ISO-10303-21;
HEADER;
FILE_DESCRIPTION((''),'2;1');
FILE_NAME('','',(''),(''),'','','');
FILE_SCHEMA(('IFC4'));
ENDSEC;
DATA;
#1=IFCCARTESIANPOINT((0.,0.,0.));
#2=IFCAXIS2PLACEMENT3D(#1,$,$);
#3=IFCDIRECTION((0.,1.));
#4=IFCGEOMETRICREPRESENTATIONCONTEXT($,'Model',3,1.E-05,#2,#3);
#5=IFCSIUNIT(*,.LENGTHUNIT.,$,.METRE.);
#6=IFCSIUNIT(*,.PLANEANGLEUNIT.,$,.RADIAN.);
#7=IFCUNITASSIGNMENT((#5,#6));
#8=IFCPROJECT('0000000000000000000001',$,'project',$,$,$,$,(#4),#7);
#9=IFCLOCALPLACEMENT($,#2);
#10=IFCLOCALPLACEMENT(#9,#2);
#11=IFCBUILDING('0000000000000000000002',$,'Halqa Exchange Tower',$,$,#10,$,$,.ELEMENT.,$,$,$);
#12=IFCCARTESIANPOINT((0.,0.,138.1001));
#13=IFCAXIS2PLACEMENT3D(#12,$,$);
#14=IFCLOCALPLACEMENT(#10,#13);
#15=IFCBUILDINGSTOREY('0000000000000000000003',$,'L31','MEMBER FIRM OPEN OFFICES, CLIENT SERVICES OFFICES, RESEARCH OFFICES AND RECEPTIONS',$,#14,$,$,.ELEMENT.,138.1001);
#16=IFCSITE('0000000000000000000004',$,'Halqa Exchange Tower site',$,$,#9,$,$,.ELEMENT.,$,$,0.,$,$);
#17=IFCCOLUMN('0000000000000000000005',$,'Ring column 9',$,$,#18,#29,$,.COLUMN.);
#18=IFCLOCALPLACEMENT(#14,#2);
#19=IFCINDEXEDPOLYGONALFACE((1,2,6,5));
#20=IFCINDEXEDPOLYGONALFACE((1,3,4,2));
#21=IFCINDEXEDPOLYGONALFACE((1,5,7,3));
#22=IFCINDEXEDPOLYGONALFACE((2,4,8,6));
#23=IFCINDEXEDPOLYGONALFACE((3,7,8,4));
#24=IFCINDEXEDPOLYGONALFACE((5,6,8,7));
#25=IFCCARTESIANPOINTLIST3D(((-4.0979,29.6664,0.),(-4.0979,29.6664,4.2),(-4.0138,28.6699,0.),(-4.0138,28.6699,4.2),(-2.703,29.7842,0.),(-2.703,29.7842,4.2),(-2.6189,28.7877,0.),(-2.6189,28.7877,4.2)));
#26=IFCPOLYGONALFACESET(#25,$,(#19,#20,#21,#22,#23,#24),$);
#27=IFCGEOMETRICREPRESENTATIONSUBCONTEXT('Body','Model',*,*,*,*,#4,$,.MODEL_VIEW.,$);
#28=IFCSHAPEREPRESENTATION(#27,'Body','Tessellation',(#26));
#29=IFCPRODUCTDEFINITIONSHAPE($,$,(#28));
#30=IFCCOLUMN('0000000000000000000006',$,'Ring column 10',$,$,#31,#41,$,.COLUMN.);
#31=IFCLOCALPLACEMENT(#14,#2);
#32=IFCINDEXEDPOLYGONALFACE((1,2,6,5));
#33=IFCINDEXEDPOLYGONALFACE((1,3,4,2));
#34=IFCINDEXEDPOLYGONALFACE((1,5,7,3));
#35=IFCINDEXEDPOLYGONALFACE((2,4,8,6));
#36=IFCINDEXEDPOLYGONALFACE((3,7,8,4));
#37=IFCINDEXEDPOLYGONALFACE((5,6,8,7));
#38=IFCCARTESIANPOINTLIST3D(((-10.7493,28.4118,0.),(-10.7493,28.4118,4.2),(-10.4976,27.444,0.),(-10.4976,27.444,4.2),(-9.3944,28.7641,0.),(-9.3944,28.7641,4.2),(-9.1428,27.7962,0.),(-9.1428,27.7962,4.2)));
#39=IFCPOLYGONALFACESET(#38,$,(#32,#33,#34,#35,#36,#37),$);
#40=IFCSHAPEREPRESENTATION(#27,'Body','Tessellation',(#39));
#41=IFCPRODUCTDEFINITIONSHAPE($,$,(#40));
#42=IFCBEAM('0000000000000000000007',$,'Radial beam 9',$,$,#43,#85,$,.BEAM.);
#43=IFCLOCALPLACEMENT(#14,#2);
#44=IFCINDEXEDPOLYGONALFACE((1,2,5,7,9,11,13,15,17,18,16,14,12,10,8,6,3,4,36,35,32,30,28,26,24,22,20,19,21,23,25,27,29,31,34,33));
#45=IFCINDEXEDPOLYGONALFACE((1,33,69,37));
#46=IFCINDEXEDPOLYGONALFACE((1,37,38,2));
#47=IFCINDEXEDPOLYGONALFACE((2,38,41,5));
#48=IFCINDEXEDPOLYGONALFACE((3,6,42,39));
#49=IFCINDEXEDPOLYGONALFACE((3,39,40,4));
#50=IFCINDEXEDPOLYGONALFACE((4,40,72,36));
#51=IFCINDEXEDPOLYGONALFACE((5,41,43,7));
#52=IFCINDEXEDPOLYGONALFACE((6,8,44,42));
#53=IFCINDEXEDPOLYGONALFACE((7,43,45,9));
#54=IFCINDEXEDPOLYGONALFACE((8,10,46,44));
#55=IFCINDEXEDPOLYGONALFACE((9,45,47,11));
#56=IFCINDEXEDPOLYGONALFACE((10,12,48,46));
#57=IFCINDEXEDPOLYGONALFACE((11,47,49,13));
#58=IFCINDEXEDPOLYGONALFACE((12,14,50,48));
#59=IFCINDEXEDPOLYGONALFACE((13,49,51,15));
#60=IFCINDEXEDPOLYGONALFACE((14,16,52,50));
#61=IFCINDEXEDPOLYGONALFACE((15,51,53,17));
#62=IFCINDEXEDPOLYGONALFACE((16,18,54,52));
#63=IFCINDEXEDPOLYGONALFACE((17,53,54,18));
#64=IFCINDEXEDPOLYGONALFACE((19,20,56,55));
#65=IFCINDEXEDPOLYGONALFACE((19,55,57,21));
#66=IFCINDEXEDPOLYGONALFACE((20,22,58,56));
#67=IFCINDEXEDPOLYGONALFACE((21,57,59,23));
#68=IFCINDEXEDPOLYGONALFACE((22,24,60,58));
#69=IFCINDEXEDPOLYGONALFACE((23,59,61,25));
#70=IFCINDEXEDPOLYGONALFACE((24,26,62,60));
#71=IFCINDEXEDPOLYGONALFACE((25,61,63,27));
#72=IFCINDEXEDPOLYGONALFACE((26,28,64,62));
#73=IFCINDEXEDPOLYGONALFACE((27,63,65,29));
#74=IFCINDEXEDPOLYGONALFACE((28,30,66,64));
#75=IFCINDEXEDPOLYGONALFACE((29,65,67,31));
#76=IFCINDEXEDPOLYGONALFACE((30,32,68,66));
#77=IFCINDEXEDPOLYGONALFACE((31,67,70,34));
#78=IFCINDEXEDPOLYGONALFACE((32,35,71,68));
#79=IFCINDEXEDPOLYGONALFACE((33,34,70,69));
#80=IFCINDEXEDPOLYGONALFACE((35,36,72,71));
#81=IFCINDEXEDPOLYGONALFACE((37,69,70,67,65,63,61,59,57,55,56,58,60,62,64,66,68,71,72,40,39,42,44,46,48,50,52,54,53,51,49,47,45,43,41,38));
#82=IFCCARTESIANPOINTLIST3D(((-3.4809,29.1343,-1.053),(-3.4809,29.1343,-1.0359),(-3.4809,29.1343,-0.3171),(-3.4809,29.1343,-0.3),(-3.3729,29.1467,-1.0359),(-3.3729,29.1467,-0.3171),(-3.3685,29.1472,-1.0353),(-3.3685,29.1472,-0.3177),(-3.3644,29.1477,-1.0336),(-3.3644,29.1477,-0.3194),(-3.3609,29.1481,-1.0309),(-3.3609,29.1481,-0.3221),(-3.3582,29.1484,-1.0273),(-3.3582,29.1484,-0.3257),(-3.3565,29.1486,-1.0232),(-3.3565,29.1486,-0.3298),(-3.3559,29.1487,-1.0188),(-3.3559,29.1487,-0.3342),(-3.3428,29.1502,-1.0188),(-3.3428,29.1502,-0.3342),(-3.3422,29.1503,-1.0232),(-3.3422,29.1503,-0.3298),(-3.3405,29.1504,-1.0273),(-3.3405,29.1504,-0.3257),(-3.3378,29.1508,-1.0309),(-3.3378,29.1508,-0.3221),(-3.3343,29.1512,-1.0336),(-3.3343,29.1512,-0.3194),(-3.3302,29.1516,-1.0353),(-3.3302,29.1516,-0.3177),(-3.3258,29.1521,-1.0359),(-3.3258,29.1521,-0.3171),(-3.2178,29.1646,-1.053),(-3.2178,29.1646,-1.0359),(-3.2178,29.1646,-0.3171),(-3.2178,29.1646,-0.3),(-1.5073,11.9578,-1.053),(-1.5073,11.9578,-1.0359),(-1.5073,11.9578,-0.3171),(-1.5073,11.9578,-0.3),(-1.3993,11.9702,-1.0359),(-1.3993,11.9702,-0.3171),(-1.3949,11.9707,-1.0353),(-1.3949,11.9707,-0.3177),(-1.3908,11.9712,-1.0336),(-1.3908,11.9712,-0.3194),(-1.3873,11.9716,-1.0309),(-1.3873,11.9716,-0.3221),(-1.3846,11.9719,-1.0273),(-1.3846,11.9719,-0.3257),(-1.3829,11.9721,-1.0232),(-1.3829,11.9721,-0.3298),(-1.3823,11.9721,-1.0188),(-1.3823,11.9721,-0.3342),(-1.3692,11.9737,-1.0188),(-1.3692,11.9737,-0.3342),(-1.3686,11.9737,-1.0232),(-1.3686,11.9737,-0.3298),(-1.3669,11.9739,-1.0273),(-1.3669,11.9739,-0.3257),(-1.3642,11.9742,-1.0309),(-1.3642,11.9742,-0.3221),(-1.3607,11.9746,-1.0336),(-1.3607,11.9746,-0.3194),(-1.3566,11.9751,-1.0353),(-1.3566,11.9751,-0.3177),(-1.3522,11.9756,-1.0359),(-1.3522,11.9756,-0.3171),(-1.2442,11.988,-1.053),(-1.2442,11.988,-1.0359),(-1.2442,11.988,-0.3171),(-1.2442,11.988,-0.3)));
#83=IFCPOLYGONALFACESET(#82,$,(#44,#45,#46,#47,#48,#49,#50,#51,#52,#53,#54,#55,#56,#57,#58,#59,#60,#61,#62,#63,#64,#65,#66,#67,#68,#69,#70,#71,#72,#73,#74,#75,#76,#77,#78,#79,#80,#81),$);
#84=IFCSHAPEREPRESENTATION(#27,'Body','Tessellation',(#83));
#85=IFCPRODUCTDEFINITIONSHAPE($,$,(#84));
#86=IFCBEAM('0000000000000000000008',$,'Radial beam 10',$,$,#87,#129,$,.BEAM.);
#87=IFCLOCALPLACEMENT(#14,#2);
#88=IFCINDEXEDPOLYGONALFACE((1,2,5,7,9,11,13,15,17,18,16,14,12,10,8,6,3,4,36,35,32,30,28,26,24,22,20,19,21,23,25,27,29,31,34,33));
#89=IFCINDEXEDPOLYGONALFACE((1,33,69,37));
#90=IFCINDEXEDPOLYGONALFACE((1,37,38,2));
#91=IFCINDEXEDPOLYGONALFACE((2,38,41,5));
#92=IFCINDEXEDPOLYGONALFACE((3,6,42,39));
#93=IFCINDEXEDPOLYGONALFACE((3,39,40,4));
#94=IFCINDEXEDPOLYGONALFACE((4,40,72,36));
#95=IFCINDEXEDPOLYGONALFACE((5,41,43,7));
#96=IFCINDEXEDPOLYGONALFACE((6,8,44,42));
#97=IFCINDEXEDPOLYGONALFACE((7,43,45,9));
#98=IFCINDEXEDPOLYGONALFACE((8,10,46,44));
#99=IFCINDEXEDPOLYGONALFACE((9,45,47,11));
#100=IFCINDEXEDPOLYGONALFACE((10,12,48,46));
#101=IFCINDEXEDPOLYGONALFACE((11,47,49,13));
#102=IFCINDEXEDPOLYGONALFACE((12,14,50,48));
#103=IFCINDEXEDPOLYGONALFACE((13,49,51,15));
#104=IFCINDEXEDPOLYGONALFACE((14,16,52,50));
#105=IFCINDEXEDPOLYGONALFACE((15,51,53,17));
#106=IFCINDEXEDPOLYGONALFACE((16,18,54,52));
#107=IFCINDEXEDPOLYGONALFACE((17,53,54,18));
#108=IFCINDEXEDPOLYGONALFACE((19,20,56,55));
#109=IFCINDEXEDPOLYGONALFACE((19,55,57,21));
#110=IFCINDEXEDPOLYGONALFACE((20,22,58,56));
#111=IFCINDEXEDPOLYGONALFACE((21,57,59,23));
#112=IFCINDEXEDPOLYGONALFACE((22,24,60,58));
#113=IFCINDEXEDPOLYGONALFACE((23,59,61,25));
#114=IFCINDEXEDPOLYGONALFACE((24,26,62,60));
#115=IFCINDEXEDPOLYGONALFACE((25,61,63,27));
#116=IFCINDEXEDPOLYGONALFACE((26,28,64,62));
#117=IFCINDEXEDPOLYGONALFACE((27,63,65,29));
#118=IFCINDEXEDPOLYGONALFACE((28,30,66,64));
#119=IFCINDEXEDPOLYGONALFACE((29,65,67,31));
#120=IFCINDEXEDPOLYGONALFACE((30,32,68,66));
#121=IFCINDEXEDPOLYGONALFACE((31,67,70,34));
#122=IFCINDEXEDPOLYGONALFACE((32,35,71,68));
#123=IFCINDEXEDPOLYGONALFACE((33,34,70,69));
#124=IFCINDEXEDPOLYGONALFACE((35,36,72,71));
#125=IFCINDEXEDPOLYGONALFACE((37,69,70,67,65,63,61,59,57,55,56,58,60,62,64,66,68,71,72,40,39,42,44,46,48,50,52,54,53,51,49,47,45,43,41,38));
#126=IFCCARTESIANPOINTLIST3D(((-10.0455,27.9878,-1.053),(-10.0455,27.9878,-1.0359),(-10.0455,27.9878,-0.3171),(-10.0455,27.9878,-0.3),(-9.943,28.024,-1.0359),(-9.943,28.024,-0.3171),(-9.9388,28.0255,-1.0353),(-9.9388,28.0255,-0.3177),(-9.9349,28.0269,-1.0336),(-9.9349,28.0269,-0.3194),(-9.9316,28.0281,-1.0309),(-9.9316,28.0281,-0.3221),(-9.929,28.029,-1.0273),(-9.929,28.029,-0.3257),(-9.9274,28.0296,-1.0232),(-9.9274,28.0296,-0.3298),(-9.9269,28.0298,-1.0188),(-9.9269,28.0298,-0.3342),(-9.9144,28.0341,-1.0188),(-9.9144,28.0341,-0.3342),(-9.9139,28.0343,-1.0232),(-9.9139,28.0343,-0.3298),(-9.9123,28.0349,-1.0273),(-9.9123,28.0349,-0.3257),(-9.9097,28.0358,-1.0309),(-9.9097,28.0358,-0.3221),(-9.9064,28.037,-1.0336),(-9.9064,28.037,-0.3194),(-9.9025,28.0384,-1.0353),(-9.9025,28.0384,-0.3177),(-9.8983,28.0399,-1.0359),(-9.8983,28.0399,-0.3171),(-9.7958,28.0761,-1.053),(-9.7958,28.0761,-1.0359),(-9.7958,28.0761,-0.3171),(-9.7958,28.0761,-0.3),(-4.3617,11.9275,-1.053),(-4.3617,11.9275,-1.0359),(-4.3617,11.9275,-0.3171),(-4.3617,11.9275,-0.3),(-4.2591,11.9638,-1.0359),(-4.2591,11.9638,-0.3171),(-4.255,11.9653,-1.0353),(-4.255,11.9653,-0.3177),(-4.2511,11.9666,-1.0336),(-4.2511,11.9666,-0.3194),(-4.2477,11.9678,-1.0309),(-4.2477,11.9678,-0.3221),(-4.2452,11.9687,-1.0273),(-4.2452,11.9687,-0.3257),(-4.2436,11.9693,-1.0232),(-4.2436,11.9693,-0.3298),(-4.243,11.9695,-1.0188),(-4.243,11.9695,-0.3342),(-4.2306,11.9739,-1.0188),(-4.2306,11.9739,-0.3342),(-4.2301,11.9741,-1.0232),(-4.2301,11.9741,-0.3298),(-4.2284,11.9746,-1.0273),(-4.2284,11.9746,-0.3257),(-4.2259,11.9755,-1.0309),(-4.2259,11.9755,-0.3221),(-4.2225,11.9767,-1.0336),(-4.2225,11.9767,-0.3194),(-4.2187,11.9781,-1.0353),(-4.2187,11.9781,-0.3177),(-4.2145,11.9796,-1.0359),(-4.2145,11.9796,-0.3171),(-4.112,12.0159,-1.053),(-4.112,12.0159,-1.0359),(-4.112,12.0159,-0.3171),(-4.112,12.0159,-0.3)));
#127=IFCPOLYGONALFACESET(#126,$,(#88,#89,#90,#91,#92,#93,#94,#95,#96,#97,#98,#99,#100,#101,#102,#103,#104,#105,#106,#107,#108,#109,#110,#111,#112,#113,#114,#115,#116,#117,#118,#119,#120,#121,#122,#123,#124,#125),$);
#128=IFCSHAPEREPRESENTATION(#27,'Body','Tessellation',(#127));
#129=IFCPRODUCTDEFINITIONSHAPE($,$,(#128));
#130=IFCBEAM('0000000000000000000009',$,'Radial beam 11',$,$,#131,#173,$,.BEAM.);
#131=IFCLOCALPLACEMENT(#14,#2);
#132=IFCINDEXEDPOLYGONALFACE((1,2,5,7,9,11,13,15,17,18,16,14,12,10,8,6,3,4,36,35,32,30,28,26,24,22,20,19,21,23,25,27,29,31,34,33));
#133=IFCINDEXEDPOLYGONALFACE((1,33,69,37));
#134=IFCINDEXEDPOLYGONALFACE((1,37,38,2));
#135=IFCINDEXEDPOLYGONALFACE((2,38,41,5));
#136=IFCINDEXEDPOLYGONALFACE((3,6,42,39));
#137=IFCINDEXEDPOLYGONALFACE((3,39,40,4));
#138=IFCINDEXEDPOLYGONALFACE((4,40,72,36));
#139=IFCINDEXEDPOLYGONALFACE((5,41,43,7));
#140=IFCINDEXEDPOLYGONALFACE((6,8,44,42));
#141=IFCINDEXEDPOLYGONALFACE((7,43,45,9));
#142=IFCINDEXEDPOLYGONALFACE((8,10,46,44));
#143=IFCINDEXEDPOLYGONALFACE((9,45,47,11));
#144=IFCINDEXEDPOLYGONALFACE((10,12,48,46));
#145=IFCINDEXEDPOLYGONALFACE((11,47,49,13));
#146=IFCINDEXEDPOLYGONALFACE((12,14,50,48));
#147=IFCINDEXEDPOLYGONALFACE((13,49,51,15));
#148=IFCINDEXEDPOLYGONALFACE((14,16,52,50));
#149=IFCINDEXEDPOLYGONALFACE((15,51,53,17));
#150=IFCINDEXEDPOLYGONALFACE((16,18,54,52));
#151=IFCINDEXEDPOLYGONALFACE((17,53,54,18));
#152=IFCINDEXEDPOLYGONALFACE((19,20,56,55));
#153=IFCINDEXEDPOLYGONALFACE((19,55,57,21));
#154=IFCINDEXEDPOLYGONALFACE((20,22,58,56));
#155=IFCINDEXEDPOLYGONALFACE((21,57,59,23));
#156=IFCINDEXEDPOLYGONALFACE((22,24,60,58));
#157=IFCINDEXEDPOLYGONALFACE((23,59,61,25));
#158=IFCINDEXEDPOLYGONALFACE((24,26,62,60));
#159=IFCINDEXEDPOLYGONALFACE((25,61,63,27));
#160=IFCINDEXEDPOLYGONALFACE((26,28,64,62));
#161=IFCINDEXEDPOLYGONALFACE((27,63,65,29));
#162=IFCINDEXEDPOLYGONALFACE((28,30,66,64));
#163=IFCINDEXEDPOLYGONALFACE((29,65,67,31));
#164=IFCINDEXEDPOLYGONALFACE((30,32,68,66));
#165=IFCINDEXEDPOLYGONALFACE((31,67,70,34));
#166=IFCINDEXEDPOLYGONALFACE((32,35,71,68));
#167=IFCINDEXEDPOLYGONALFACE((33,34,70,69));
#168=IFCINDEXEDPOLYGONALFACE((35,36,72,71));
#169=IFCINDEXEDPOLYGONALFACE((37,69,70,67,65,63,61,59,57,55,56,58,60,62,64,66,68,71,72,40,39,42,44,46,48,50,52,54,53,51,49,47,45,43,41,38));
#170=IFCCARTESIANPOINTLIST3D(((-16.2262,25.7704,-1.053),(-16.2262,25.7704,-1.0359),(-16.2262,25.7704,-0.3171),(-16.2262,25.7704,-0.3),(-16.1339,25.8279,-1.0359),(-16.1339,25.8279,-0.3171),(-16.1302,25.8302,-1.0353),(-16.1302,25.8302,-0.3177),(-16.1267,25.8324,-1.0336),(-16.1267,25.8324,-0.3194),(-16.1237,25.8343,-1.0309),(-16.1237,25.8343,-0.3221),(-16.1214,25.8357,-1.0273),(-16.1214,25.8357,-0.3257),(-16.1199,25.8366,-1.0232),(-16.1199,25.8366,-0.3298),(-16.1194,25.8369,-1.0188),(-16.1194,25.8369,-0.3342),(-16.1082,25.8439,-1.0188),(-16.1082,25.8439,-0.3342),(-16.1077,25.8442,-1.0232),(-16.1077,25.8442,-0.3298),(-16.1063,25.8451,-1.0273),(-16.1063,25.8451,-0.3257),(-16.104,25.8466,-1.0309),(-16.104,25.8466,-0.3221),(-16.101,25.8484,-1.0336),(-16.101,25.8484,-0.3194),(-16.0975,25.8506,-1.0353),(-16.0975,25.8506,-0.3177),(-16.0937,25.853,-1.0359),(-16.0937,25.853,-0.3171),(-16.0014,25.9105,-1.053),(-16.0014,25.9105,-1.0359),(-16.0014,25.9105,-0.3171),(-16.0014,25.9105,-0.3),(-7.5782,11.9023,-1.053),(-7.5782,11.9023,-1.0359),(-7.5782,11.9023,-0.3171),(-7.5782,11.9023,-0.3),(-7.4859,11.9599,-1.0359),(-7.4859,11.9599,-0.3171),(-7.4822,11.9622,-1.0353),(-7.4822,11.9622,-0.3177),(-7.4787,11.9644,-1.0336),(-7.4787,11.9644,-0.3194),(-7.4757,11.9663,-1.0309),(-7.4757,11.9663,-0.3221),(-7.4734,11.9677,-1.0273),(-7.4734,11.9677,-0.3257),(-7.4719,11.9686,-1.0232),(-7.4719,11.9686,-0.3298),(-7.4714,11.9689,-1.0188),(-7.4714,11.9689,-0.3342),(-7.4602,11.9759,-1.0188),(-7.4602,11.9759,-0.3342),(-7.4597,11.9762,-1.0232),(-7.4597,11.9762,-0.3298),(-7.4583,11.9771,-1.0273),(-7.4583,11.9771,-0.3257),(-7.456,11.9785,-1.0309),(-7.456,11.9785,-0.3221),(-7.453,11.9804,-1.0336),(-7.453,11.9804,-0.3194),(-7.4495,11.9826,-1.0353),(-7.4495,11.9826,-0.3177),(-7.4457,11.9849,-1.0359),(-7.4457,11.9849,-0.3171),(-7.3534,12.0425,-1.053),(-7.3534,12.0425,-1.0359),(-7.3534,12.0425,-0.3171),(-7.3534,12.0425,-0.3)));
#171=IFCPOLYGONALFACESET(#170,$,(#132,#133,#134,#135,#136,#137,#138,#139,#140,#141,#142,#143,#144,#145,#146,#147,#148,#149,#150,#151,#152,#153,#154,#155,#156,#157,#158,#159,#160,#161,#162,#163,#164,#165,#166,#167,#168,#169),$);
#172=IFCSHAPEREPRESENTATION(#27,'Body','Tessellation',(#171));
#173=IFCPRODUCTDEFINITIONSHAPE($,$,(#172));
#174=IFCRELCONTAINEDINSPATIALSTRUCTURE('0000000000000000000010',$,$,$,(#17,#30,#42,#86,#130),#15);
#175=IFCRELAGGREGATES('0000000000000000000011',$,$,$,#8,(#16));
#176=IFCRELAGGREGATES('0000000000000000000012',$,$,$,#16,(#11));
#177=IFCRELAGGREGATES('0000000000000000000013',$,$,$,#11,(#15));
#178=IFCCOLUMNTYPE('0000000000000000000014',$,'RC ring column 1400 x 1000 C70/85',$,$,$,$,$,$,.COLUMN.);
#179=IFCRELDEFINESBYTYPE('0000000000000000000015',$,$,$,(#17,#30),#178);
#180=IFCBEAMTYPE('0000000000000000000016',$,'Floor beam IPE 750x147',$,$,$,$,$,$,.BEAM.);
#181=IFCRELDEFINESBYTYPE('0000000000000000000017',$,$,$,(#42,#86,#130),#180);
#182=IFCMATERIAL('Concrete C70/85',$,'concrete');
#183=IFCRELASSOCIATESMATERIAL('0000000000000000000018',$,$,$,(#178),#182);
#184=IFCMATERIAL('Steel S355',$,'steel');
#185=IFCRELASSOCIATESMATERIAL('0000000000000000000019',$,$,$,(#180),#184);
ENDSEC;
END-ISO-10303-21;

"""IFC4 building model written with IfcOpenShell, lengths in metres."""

from ifc_helpers import new_model, si_unit, direction, frame, origin, origin_2d, place, context, subcontext, project, spatial, rectangle, i_section, extrude, material, material_profile, profile_set, type_object, element, save


model = new_model("IFC4")

# Units and contexts
model_context = context("Model", 3, precision=1e-05, world=origin(), true_north=direction((0.0, 1.0)))
body_context = subcontext(model_context, "Body", "Model", "MODEL_VIEW")
ifc_project = project(units=[si_unit("LENGTHUNIT", "METRE"), si_unit("PLANEANGLEUNIT", "RADIAN")], contexts=[model_context])

# Site, building, storey
site_placement = place(None, origin())
site = spatial("IfcSite", under=ifc_project, at=site_placement, Name="Halqa Exchange Tower site", CompositionType="ELEMENT", RefElevation=0.0)
building_placement = place(site_placement, origin())
building = spatial("IfcBuilding", under=site, at=building_placement, Name="Halqa Exchange Tower", CompositionType="ELEMENT")
storey_placement = place(building_placement, frame((0.0, 0.0, 138.1001)))
storey = spatial("IfcBuildingStorey", under=building, at=storey_placement, Name="L31", Description="MEMBER FIRM OPEN OFFICES, CLIENT SERVICES OFFICES, RESEARCH OFFICES AND RECEPTIONS", CompositionType="ELEMENT", Elevation=138.1001)

# Columns
ifc_material_1 = material(Name="Concrete C70/85", Category="concrete")
ifc_material_profile_1 = material_profile(ifc_material_1, rectangle(XDim=1.3999, YDim=1.0, at=origin_2d()), Name="1400 x 1000")
ifc_profile_set_1 = profile_set([ifc_material_profile_1], Name="Concrete C70/85")
column_type = type_object("IfcColumnType", Name="RC ring column 1400 x 1000 C70/85", PredefinedType="COLUMN", material=ifc_profile_set_1)
for number, where, z_axis, x_axis, name in (
    (1, (-3.3584, 29.2271, 0.0), (0.0, 0.0, 1.0), (-0.996455, -0.084123, 0.0), "Ring column 9"),
    (2, (-9.946, 28.104, 0.0), (0.0, 0.0, 1.0), (-0.96782, -0.251645, 0.0), "Ring column 10"),
):
    element("IfcColumn", number, at=place(storey_placement, frame(where, z_axis=z_axis, x_axis=x_axis)), inside=storey, type_object=column_type, Name=name, PredefinedType="COLUMN", context=body_context, shape_type="SweptSolid", body=[
        extrude(rectangle(XDim=1.3999, YDim=1.0, at=origin_2d()), origin(), (0.0, 0.0, 1.0), 4.2),
    ])

# Beams
ifc_material_2 = material(Name="Steel S355", Category="steel")
ifc_material_profile_2 = material_profile(ifc_material_2, i_section(OverallWidth=0.2649, OverallDepth=0.7529, WebThickness=0.0132, FlangeThickness=0.0171, FilletRadius=0.0171, at=origin_2d()), Name="IPE 750x147")
ifc_profile_set_2 = profile_set([ifc_material_profile_2], Name="Steel S355")
beam_type_1 = type_object("IfcBeamType", Name="Floor beam IPE 750x147", PredefinedType="BEAM", material=ifc_profile_set_2)
beam_1_placement = place(storey_placement, frame((-1.3757, 11.9729, -0.6765), z_axis=(-0.114152, 0.993463, 0.0), x_axis=(-0.993463, -0.114152, 0.0)))
element("IfcBeam", 3, at=beam_1_placement, inside=storey, type_object=beam_type_1, Name="Radial beam 9", PredefinedType="BEAM", context=body_context, shape_type="SweptSolid", body=[
    extrude(i_section(OverallWidth=0.2649, OverallDepth=0.7529, WebThickness=0.0132, FlangeThickness=0.0171, FilletRadius=0.0171, at=origin_2d()), origin(), (0.0, 0.0, 1.0), 17.2896),
])
beam_2_placement = place(storey_placement, frame((-4.2368, 11.9717, -0.6765), z_axis=(-0.333629, 0.942705, 0.0), x_axis=(-0.942705, -0.333629, 0.0)))
element("IfcBeam", 4, at=beam_2_placement, inside=storey, type_object=beam_type_1, Name="Radial beam 10", PredefinedType="BEAM", context=body_context, shape_type="SweptSolid", body=[
    extrude(i_section(OverallWidth=0.2649, OverallDepth=0.7529, WebThickness=0.0132, FlangeThickness=0.0171, FilletRadius=0.0171, at=origin_2d()), origin(), (0.0, 0.0, 1.0), 17.0364),
])
beam_3_placement = place(storey_placement, frame((-7.4658, 11.9724, -0.6765), z_axis=(-0.529141, 0.848534, 0.0), x_axis=(-0.848534, -0.529141, 0.0)))
element("IfcBeam", 5, at=beam_3_placement, inside=storey, type_object=beam_type_1, Name="Radial beam 11", PredefinedType="BEAM", context=body_context, shape_type="SweptSolid", body=[
    extrude(i_section(OverallWidth=0.2649, OverallDepth=0.7529, WebThickness=0.0132, FlangeThickness=0.0171, FilletRadius=0.0171, at=origin_2d()), origin(), (0.0, 0.0, 1.0), 16.3435),
])

save(model, "model.ifc")
